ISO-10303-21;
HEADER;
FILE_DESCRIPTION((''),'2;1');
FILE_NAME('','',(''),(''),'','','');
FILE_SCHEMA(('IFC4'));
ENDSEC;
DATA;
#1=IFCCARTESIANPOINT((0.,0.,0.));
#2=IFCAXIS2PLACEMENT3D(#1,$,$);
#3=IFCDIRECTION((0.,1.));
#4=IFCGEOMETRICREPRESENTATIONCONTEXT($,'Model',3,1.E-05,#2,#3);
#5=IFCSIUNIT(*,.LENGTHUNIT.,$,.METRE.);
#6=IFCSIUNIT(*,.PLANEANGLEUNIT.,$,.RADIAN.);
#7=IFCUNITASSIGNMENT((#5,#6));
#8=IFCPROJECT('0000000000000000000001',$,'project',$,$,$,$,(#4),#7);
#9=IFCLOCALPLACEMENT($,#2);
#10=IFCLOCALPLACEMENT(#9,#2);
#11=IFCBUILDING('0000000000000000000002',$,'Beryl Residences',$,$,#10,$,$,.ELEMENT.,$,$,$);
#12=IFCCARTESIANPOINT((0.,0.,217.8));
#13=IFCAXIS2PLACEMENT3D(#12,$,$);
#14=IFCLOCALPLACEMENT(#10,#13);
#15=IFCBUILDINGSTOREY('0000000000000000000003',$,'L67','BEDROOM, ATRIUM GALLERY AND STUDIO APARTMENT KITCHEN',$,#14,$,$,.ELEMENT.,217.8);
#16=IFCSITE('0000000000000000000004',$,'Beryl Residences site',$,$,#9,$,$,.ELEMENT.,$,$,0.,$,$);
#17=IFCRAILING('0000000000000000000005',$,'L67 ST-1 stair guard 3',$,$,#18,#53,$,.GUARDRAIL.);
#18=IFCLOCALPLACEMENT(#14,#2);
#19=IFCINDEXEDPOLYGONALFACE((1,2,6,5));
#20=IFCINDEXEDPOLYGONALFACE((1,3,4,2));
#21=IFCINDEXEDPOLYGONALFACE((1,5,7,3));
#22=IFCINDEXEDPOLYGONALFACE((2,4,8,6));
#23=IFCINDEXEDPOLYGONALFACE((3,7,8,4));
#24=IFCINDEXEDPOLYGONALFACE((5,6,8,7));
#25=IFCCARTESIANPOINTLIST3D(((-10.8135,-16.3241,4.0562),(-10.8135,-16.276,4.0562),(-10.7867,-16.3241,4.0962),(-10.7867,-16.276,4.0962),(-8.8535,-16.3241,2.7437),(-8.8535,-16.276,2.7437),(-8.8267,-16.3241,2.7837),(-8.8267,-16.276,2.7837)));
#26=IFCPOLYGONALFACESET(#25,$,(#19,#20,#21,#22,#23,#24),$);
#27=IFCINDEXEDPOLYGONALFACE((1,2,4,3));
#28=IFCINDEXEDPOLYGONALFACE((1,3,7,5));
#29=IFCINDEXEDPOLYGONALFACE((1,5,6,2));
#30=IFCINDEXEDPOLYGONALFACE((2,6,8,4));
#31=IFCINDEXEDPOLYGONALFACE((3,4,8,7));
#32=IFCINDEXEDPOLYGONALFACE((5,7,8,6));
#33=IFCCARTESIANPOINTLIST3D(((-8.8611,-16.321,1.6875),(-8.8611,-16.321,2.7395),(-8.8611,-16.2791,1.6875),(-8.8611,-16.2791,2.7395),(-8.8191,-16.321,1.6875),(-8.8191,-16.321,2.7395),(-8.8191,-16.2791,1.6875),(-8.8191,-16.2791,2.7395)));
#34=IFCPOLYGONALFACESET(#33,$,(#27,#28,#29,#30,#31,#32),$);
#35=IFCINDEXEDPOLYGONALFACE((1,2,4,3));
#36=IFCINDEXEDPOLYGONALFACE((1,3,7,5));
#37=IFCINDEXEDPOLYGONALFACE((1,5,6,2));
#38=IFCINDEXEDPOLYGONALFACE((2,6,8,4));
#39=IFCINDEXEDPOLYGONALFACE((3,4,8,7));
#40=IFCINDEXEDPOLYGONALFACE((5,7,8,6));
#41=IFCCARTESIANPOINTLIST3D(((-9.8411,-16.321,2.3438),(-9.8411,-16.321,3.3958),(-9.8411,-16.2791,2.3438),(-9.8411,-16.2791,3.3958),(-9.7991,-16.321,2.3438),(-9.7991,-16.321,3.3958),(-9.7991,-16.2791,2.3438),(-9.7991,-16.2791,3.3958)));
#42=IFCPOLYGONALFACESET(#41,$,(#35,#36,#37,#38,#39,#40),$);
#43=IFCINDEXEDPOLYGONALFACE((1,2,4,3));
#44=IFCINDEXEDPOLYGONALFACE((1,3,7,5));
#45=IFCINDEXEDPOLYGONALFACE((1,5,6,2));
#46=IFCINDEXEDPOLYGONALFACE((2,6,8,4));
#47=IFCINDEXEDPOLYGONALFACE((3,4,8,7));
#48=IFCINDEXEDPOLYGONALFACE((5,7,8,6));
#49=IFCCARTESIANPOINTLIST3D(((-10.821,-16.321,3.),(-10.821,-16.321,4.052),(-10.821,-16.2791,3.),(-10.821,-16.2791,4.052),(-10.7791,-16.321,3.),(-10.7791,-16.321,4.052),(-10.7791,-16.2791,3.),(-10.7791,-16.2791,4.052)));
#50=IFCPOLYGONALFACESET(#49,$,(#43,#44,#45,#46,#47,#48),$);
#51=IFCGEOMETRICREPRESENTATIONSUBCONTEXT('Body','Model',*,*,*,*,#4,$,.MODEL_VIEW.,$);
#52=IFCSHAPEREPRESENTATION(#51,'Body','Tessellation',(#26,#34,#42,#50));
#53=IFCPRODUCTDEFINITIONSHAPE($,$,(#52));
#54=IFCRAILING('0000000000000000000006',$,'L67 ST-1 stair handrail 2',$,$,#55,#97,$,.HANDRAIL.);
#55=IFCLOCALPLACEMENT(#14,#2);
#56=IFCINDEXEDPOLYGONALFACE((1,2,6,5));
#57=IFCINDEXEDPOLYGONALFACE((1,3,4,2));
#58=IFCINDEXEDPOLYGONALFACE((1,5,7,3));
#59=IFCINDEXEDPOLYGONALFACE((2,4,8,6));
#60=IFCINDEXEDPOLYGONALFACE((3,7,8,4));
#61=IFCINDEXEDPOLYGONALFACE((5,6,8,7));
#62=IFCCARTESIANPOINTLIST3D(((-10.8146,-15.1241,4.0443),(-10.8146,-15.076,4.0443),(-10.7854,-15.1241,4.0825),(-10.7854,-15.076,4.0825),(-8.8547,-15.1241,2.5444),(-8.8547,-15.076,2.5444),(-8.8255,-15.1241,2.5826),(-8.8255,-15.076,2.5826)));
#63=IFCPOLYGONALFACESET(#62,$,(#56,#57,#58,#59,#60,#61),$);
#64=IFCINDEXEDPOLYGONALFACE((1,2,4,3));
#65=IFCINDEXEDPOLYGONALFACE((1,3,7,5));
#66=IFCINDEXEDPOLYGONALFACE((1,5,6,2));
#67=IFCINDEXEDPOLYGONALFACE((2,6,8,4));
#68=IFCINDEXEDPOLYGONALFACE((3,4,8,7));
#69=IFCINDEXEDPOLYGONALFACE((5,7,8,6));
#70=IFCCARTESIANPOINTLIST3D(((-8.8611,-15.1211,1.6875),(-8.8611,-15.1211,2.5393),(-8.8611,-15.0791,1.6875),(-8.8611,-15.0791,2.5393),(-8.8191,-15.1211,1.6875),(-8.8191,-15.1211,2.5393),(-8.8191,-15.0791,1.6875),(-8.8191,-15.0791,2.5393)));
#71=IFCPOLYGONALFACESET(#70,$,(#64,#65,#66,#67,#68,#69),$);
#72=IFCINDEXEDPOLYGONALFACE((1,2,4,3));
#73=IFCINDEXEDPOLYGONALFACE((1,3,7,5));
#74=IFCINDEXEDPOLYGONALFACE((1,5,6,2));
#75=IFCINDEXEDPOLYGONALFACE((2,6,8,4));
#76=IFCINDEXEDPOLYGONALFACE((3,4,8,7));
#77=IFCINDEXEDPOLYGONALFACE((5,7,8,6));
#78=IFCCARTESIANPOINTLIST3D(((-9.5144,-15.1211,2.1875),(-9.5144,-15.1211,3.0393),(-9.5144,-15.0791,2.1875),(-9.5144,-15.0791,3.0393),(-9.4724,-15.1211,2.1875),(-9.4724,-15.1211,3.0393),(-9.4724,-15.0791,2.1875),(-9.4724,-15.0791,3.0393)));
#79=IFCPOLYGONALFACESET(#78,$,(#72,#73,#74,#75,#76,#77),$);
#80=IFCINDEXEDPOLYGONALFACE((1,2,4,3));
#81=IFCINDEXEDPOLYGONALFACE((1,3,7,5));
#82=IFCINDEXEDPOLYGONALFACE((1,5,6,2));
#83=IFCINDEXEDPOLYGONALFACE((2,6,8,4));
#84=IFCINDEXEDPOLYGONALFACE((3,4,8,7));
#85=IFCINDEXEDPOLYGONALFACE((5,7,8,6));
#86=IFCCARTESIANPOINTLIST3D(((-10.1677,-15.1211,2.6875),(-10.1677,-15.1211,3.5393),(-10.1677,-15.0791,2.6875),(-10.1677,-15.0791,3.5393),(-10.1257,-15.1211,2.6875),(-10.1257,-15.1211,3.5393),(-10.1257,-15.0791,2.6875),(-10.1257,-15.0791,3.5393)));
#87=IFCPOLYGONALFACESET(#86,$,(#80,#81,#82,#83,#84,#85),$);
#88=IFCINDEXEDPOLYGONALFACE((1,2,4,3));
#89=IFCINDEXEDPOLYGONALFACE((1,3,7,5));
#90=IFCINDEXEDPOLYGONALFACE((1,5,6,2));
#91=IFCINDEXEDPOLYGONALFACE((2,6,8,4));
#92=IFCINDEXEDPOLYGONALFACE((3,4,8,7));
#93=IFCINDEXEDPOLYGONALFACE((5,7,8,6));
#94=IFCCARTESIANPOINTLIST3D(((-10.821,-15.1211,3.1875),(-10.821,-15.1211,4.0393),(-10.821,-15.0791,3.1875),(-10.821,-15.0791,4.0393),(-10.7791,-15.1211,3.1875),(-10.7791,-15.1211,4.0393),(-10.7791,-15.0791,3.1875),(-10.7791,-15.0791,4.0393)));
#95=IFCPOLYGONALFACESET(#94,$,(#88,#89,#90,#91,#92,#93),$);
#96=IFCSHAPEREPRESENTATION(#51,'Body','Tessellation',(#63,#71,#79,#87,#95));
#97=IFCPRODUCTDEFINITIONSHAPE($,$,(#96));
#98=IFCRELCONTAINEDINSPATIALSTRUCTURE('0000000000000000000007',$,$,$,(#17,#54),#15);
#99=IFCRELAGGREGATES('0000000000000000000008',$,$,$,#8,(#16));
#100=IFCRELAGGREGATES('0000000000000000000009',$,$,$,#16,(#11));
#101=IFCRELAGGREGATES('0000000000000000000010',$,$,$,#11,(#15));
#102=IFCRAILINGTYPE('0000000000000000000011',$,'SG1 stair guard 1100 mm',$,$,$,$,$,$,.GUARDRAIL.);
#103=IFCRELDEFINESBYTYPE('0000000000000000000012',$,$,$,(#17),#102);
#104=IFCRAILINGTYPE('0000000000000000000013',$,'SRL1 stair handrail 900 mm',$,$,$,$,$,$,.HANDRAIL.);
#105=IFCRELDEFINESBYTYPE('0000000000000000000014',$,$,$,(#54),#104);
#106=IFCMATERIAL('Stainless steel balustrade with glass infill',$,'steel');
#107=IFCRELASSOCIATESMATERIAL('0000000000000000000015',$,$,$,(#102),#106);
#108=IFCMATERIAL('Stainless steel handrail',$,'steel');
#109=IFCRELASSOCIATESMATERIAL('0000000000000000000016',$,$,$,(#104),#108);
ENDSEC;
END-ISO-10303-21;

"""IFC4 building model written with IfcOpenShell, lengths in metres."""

from ifc_helpers import new_model, si_unit, direction, frame, origin, origin_2d, place, context, subcontext, project, spatial, rectangle, extrude, material, type_object, element, save


model = new_model("IFC4")

# Units and contexts
model_context = context("Model", 3, precision=1e-05, world=origin(), true_north=direction((0.0, 1.0)))
body_context = subcontext(model_context, "Body", "Model", "MODEL_VIEW")
ifc_project = project(units=[si_unit("LENGTHUNIT", "METRE"), si_unit("PLANEANGLEUNIT", "RADIAN")], contexts=[model_context])

# Site, building, storey
site_placement = place(None, origin())
site = spatial("IfcSite", under=ifc_project, at=site_placement, Name="Beryl Residences site", CompositionType="ELEMENT", RefElevation=0.0)
building_placement = place(site_placement, origin())
building = spatial("IfcBuilding", under=site, at=building_placement, Name="Beryl Residences", CompositionType="ELEMENT")
storey_placement = place(building_placement, frame((0.0, 0.0, 217.8)))
storey = spatial("IfcBuildingStorey", under=building, at=storey_placement, Name="L67", Description="BEDROOM, ATRIUM GALLERY AND STUDIO APARTMENT KITCHEN", CompositionType="ELEMENT", Elevation=217.8)

# Railings
ifc_material_1 = material(Name="Stainless steel balustrade with glass infill", Category="steel")
railing_type_1 = type_object("IfcRailingType", Name="SG1 stair guard 1100 mm", PredefinedType="GUARDRAIL", material=ifc_material_1)
railing_1_placement = place(storey_placement, frame((-8.8401, -16.3, 1.6875)))
element("IfcRailing", 1, at=railing_1_placement, inside=storey, type_object=railing_type_1, Name="L67 ST-1 stair guard 3", PredefinedType="GUARDRAIL", context=body_context, shape_type="SweptSolid", body=[
    extrude(rectangle(XDim=0.0481, YDim=0.0481, at=origin_2d()), frame((0.0, 0.0, 1.0762), z_axis=(-0.830902, 0.0, 0.556419), x_axis=(0.0, -1.0, 0.0)), (0.0, 0.0, 1.0), 2.3589),
    extrude(rectangle(XDim=0.042, YDim=0.042, at=origin_2d()), origin(), (0.0, 0.0, 1.0), 1.052),
    extrude(rectangle(XDim=0.042, YDim=0.042, at=origin_2d()), frame((-0.98, 0.0, 0.6562)), (0.0, 0.0, 1.0), 1.052),
    extrude(rectangle(XDim=0.042, YDim=0.042, at=origin_2d()), frame((-1.96, 0.0, 1.3125)), (0.0, 0.0, 1.0), 1.052),
])
ifc_material_2 = material(Name="Stainless steel handrail", Category="steel")
railing_type_2 = type_object("IfcRailingType", Name="SRL1 stair handrail 900 mm", PredefinedType="HANDRAIL", material=ifc_material_2)
railing_2_placement = place(storey_placement, frame((-8.8401, -15.1001, 1.6875)))
element("IfcRailing", 2, at=railing_2_placement, inside=storey, type_object=railing_type_2, Name="L67 ST-1 stair handrail 2", PredefinedType="HANDRAIL", context=body_context, shape_type="SweptSolid", body=[
    extrude(rectangle(XDim=0.0481, YDim=0.0481, at=origin_2d()), frame((0.0, 0.0, 0.876), z_axis=(-0.794122, 0.0, 0.607758), x_axis=(0.0, -1.0, 0.0)), (0.0, 0.0, 1.0), 2.468),
    extrude(rectangle(XDim=0.042, YDim=0.042, at=origin_2d()), origin(), (0.0, 0.0, 1.0), 0.8518),
    extrude(rectangle(XDim=0.042, YDim=0.042, at=origin_2d()), frame((-0.6533, 0.0, 0.5)), (0.0, 0.0, 1.0), 0.8518),
    extrude(rectangle(XDim=0.042, YDim=0.042, at=origin_2d()), frame((-1.3066, 0.0, 1.0)), (0.0, 0.0, 1.0), 0.8518),
    extrude(rectangle(XDim=0.042, YDim=0.042, at=origin_2d()), frame((-1.96, 0.0, 1.5)), (0.0, 0.0, 1.0), 0.8518),
])

save(model, "model.ifc")
